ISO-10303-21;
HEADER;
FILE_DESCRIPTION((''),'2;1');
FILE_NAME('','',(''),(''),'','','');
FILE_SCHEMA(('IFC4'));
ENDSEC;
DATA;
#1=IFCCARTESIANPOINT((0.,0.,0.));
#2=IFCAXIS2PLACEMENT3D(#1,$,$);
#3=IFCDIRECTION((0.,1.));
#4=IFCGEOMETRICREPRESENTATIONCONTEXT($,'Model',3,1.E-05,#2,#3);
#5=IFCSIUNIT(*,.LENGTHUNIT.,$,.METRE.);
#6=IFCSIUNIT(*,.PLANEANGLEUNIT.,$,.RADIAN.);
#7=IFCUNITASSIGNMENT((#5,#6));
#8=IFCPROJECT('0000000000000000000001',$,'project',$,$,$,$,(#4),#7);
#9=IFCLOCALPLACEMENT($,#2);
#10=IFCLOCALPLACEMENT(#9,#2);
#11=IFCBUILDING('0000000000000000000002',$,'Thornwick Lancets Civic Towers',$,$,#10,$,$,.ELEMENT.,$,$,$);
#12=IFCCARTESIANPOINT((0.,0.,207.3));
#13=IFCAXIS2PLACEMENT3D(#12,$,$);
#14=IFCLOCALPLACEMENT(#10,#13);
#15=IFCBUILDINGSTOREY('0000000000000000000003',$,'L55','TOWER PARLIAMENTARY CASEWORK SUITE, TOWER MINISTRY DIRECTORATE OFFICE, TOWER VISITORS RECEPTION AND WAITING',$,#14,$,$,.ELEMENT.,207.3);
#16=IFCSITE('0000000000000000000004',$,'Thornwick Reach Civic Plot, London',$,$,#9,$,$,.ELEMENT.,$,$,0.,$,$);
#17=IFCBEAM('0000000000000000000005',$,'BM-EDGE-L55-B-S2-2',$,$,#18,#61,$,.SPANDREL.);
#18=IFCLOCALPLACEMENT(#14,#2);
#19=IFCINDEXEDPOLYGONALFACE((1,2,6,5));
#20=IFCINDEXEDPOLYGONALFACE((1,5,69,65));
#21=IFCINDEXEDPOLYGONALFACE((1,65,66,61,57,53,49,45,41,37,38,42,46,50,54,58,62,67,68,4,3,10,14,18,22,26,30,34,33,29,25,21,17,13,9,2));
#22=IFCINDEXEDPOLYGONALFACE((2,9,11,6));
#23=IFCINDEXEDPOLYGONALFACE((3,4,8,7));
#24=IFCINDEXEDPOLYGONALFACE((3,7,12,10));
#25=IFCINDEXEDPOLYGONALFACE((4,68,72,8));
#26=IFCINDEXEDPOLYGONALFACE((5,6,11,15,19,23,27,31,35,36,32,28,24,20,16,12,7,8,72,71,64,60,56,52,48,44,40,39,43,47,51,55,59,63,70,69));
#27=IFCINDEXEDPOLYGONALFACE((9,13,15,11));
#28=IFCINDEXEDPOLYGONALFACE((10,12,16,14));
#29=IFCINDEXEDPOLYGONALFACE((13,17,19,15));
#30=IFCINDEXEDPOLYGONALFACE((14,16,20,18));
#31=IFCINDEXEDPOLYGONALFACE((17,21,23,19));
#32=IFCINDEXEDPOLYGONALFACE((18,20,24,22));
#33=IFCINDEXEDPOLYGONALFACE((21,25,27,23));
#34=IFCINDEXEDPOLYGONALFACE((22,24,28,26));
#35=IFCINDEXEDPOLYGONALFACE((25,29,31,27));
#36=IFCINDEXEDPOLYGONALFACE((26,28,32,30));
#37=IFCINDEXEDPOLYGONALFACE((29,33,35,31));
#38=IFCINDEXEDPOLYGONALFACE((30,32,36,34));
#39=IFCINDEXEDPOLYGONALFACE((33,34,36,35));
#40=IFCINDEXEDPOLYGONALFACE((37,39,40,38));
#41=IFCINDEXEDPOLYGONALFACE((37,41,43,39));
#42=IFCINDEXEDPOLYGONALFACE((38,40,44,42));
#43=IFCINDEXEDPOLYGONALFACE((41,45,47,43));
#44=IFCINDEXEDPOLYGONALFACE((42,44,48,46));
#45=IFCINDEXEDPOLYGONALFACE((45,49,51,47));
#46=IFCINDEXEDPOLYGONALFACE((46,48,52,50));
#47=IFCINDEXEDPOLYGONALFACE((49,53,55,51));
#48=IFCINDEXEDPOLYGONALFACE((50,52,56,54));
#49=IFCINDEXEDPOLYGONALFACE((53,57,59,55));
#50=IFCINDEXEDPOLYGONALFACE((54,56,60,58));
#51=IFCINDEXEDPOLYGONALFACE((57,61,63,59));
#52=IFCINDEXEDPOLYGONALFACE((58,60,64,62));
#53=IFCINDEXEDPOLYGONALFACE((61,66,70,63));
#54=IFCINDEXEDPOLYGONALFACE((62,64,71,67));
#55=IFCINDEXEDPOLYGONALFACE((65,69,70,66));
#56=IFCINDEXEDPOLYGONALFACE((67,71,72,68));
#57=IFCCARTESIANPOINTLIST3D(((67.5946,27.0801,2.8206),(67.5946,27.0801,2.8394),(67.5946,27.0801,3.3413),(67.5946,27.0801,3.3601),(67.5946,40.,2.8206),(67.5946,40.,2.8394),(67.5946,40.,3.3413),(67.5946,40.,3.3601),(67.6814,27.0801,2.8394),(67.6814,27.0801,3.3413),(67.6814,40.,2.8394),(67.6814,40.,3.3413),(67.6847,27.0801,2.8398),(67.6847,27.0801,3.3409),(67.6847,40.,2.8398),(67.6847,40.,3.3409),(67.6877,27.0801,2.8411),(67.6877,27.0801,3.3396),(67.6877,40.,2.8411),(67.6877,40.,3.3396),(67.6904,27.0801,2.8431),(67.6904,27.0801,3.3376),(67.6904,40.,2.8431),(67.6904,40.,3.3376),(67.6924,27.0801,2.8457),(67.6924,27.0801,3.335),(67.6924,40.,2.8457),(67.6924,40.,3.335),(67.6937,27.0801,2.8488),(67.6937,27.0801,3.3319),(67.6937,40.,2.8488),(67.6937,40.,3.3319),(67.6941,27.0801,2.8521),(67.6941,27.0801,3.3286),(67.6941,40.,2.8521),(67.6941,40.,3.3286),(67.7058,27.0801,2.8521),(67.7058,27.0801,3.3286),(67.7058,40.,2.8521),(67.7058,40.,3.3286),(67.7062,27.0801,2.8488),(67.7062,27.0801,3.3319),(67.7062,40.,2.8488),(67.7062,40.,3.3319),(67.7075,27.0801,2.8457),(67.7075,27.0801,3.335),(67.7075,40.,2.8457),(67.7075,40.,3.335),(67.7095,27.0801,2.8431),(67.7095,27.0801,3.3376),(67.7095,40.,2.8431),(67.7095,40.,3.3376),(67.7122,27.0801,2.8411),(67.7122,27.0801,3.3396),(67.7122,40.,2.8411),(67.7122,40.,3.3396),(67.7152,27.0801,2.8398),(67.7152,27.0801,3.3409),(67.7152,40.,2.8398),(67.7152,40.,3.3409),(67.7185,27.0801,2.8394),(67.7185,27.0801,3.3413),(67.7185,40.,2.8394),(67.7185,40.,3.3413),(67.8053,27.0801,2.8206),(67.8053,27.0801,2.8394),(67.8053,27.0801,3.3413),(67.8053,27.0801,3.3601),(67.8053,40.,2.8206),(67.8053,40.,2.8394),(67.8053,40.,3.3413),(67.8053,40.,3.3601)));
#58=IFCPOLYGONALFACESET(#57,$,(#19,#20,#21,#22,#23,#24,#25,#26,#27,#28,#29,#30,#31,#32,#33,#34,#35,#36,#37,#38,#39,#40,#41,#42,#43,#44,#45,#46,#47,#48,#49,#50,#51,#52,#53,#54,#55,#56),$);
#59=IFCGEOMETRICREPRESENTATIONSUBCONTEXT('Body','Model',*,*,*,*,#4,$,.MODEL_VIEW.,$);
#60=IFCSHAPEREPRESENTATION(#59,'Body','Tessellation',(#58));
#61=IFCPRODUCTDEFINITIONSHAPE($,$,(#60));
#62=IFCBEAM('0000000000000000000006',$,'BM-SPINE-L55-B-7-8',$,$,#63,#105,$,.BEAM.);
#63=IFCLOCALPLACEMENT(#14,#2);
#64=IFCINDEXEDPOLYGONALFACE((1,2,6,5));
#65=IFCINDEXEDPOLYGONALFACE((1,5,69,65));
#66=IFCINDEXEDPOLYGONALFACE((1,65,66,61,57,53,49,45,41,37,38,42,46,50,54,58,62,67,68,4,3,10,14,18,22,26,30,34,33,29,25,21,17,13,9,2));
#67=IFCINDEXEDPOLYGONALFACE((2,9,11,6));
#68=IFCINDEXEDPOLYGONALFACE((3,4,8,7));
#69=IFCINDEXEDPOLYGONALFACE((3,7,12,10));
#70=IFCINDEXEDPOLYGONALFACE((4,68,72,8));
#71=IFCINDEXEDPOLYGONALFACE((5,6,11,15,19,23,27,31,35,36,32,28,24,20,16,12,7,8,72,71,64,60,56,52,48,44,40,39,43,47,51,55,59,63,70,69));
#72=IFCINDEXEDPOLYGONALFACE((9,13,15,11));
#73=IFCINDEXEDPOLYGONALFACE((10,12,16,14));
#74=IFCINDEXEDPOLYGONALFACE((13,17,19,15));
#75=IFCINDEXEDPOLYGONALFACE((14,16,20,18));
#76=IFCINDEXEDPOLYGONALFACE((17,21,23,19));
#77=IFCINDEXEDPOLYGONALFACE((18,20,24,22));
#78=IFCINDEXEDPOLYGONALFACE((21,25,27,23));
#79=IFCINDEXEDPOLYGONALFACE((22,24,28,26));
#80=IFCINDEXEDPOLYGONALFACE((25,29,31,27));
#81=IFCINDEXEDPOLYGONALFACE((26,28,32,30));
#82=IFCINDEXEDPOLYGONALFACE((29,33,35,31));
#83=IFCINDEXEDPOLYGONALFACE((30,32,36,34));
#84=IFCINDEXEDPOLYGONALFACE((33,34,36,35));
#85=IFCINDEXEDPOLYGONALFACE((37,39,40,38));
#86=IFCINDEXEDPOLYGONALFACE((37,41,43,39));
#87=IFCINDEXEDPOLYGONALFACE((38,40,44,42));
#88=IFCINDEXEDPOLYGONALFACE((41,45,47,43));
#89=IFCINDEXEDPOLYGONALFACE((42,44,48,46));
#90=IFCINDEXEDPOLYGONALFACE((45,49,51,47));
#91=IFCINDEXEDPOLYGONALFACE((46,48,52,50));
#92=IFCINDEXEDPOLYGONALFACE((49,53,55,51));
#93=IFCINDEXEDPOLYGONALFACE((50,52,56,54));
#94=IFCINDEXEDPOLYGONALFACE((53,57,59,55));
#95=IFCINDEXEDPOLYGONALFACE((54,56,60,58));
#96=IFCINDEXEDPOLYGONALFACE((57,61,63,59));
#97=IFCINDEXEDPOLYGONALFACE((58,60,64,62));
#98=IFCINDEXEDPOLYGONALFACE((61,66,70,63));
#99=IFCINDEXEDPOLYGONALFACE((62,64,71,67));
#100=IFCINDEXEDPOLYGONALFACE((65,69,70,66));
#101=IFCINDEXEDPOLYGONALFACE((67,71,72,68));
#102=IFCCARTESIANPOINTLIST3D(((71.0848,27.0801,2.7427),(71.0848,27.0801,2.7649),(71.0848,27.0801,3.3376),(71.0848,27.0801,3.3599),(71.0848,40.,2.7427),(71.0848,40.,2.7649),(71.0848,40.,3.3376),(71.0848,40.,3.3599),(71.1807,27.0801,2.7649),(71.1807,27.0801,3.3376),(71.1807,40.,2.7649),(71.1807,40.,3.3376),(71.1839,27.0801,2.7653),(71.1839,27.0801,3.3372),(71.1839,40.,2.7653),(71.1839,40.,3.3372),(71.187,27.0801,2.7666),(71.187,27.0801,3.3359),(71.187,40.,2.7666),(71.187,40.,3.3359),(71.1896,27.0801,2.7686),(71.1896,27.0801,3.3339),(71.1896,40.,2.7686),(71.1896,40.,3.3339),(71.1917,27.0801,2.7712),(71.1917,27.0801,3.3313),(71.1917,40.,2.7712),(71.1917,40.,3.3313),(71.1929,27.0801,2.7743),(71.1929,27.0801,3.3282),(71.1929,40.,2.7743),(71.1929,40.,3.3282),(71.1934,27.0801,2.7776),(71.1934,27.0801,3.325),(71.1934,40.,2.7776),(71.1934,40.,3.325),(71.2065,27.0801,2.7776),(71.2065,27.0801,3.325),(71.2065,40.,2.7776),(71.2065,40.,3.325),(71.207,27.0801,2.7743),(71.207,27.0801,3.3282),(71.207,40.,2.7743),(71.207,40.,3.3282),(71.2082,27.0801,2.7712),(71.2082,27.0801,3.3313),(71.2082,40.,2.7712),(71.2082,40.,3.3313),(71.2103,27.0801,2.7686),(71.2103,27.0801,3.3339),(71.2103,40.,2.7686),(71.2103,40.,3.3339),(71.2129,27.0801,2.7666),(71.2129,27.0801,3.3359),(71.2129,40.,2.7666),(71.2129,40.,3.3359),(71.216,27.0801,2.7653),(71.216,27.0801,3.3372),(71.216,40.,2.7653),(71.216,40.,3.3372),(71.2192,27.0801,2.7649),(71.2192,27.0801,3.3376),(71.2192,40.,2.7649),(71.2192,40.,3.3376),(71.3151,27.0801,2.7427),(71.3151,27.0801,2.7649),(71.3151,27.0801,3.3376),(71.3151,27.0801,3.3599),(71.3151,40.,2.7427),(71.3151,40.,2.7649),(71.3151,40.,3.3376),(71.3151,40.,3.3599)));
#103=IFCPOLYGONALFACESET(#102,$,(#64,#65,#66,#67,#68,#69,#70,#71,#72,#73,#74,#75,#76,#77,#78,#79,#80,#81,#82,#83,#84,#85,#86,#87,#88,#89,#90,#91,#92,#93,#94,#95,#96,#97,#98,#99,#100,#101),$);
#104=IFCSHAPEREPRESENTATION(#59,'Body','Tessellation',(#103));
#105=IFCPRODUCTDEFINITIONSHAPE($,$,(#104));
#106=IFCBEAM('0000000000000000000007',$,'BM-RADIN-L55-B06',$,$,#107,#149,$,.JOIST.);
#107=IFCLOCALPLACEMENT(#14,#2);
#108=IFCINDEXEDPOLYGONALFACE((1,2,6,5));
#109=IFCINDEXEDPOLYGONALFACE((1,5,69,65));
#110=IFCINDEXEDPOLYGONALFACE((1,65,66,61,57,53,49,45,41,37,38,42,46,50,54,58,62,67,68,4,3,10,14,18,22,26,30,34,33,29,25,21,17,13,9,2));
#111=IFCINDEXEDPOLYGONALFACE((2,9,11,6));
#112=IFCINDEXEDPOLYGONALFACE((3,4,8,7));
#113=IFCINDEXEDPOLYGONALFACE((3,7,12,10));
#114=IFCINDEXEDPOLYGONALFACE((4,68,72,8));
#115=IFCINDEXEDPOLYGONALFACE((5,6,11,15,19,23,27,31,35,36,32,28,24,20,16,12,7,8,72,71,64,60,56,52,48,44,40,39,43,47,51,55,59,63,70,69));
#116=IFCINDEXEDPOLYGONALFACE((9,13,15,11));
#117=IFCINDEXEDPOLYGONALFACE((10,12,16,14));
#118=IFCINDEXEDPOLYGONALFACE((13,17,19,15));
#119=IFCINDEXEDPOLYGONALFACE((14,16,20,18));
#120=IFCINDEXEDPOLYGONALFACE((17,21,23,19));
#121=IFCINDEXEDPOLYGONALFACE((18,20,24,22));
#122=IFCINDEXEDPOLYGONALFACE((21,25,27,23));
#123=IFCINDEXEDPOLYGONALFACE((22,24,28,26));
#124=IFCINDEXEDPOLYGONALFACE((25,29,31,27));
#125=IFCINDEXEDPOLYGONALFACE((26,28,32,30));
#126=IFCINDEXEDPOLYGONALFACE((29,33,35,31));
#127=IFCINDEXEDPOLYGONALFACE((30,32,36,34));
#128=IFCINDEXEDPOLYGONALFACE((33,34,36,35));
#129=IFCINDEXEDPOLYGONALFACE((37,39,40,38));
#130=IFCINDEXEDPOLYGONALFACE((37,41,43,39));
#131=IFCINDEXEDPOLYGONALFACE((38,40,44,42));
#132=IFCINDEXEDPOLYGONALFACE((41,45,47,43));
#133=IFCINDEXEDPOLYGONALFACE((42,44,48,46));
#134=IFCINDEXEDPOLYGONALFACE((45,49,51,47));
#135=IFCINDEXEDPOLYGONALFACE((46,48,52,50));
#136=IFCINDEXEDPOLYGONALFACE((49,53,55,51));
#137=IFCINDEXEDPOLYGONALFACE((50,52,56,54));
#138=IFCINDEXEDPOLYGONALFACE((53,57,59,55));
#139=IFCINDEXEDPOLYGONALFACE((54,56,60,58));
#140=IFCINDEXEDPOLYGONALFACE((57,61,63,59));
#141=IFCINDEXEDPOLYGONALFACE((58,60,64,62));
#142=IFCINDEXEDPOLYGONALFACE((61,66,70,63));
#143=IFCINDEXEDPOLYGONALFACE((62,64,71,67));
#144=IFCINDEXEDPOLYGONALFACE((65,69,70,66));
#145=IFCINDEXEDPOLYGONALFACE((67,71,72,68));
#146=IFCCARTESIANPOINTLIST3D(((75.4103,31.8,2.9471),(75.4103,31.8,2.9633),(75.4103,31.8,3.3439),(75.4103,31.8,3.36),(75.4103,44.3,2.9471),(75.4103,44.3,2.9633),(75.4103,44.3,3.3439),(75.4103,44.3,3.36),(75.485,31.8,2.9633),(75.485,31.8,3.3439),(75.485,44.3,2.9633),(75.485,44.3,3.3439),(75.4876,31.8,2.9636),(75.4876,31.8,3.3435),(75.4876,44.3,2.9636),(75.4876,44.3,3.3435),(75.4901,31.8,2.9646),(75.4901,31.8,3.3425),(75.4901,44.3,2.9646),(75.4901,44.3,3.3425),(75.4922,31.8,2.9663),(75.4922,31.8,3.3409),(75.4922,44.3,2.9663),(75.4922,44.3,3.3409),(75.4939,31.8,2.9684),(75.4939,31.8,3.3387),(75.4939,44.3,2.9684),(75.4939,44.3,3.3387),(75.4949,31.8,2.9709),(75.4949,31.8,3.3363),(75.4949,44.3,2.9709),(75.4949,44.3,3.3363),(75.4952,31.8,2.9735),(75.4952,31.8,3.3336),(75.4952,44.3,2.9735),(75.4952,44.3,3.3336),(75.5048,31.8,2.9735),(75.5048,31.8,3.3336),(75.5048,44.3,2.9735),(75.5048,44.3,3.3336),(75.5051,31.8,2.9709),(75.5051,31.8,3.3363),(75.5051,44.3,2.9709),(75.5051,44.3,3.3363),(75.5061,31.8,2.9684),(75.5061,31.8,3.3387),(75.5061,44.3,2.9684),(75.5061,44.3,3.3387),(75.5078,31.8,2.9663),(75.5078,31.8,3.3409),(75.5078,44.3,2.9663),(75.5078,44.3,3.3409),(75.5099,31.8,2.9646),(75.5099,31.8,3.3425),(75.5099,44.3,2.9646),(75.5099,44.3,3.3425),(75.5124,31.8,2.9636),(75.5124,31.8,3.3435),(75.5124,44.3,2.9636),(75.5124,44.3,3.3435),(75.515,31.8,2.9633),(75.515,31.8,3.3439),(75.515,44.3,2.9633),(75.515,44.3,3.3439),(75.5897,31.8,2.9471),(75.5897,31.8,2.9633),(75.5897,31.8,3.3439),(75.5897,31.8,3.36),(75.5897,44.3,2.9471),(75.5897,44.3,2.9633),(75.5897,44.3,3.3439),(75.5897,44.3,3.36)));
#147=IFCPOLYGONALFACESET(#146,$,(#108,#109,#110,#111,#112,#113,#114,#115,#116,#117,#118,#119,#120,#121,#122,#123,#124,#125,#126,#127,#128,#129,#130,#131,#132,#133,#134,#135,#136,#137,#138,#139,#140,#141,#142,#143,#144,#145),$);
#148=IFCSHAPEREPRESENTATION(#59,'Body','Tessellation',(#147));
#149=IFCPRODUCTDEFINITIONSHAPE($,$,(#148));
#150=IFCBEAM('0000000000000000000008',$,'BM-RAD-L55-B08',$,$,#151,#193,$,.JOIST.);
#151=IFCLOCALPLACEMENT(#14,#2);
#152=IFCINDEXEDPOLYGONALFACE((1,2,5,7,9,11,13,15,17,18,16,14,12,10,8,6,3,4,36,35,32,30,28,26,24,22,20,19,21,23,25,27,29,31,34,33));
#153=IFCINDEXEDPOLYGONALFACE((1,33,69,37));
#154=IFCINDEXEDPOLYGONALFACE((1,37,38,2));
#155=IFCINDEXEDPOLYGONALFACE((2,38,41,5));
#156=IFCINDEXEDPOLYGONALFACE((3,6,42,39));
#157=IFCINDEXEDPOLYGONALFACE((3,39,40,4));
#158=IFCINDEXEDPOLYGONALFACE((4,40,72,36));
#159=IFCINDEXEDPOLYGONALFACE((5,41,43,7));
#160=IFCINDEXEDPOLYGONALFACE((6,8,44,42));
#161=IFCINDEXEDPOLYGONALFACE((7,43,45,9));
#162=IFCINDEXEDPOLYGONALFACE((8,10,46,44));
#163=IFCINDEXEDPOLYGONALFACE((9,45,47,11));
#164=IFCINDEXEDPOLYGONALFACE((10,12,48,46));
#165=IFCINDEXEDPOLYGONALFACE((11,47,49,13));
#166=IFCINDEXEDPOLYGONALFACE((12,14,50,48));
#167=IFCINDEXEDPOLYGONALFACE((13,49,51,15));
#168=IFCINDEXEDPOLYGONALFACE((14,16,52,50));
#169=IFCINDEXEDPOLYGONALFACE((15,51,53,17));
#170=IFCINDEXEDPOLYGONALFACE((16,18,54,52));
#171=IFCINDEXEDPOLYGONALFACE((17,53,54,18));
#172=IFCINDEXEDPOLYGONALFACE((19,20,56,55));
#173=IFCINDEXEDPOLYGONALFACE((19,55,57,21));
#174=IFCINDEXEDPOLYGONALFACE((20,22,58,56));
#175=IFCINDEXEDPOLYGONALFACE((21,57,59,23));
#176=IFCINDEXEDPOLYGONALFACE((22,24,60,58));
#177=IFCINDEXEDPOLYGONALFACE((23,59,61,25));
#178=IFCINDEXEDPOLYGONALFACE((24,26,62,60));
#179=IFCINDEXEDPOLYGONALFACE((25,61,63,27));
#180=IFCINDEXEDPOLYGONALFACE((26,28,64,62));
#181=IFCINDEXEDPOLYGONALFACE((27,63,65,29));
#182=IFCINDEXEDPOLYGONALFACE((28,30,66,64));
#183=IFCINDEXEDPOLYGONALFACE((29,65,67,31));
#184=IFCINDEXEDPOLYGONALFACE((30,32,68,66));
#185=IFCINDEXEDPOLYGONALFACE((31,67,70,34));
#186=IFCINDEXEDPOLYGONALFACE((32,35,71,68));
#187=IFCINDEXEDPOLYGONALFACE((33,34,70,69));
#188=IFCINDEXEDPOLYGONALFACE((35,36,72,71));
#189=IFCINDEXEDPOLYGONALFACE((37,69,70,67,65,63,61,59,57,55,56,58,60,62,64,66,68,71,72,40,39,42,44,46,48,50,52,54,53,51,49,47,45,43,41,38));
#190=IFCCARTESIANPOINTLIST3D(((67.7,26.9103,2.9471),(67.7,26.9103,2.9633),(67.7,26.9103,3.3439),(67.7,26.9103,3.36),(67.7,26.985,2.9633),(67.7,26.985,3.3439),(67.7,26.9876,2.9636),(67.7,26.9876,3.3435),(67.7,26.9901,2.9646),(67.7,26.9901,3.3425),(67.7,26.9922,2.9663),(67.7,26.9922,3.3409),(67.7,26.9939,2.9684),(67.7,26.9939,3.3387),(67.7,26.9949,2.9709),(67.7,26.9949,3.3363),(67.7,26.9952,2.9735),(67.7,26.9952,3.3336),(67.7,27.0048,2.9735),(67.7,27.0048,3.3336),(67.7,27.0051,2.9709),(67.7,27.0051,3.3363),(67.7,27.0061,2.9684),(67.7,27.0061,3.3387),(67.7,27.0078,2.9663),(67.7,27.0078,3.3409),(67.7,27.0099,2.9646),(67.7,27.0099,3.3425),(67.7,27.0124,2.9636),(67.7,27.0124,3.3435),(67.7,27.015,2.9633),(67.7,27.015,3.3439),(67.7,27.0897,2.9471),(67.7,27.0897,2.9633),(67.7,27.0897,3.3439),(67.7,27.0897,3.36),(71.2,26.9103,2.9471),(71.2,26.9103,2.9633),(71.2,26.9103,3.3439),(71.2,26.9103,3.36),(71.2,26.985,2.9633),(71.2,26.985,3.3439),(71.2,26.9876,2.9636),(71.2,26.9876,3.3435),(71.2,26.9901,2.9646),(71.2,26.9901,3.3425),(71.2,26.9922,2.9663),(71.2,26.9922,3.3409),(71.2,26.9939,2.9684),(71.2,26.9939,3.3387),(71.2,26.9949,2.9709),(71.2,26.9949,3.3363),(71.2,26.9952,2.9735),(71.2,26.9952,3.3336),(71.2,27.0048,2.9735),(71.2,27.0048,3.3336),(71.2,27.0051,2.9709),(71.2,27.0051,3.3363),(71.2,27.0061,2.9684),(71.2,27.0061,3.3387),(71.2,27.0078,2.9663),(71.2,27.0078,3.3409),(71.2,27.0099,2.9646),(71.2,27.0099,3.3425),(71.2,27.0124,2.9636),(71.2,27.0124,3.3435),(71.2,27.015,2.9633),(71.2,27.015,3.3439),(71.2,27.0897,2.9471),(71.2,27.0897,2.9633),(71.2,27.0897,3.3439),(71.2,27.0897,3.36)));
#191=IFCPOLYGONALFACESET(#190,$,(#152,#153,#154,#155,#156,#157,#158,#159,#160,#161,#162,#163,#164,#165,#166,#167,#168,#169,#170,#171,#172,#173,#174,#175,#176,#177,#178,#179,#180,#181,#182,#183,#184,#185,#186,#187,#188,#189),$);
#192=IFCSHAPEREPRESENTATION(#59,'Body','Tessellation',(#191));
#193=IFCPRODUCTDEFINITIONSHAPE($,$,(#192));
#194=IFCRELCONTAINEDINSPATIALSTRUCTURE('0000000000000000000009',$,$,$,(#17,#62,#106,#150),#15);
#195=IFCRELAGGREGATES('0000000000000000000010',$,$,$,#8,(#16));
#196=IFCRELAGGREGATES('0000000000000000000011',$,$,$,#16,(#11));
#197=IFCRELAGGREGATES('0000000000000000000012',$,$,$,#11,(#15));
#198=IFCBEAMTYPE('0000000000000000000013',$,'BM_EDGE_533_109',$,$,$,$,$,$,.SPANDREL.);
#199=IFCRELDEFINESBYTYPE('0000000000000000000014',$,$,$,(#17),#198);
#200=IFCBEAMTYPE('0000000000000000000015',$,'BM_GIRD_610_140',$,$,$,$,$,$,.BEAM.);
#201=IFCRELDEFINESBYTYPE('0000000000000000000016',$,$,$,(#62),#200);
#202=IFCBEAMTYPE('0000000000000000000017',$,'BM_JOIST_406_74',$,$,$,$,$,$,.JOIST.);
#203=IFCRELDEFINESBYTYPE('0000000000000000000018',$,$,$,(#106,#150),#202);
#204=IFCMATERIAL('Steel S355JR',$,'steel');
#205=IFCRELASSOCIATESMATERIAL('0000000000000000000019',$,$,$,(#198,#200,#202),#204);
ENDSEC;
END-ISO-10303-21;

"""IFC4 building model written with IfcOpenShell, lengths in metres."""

from ifc_helpers import new_model, si_unit, direction, frame, origin, origin_2d, place, context, subcontext, project, spatial, i_section, extrude, material, material_profile, profile_set, type_object, element, save


model = new_model("IFC4")

# Units and contexts
model_context = context("Model", 3, precision=1e-05, world=origin(), true_north=direction((0.0, 1.0)))
body_context = subcontext(model_context, "Body", "Model", "MODEL_VIEW")
ifc_project = project(units=[si_unit("LENGTHUNIT", "METRE"), si_unit("PLANEANGLEUNIT", "RADIAN")], contexts=[model_context])

# Site, building, storey
site_placement = place(None, origin())
site = spatial("IfcSite", under=ifc_project, at=site_placement, Name="Thornwick Reach Civic Plot, London", CompositionType="ELEMENT", RefElevation=0.0)
building_placement = place(site_placement, origin())
building = spatial("IfcBuilding", under=site, at=building_placement, Name="Thornwick Lancets Civic Towers", CompositionType="ELEMENT")
storey_placement = place(building_placement, frame((0.0, 0.0, 207.3)))
storey = spatial("IfcBuildingStorey", under=building, at=storey_placement, Name="L55", Description="TOWER PARLIAMENTARY CASEWORK SUITE, TOWER MINISTRY DIRECTORATE OFFICE, TOWER VISITORS RECEPTION AND WAITING", CompositionType="ELEMENT", Elevation=207.3)

# Shared definitions
ifc_material_1 = material(Name="Steel S355JR", Category="steel")

# Beams
ifc_material_profile_1 = material_profile(ifc_material_1, i_section(OverallWidth=0.2107, OverallDepth=0.5396, WebThickness=0.0117, FlangeThickness=0.0188, FilletRadius=0.0127, at=origin_2d()), Name="UKB 533x210x109")
ifc_profile_set_1 = profile_set([ifc_material_profile_1], Name="Steel S355JR")
beam_type_1 = type_object("IfcBeamType", Name="BM_EDGE_533_109", PredefinedType="SPANDREL", material=ifc_profile_set_1)
beam_1_placement = place(storey_placement, frame((67.7, 27.0801, 3.0903), z_axis=(0.0, 1.0, 0.0), x_axis=(-1.0, 0.0, 0.0)))
element("IfcBeam", 1, at=beam_1_placement, inside=storey, type_object=beam_type_1, Name="BM-EDGE-L55-B-S2-2", PredefinedType="SPANDREL", context=body_context, shape_type="SweptSolid", body=[
    extrude(i_section(OverallWidth=0.2107, OverallDepth=0.5396, WebThickness=0.0117, FlangeThickness=0.0188, FilletRadius=0.0127, at=origin_2d()), origin(), (0.0, 0.0, 1.0), 12.9199),
])
ifc_material_profile_2 = material_profile(ifc_material_1, i_section(OverallWidth=0.2302, OverallDepth=0.6172, WebThickness=0.0132, FlangeThickness=0.0222, FilletRadius=0.0127, at=origin_2d()), Name="UKB 610x229x140")
ifc_profile_set_2 = profile_set([ifc_material_profile_2], Name="Steel S355JR")
beam_type_2 = type_object("IfcBeamType", Name="BM_GIRD_610_140", PredefinedType="BEAM", material=ifc_profile_set_2)
beam_2_placement = place(storey_placement, frame((71.2, 27.0801, 3.0513), z_axis=(0.0, 1.0, 0.0), x_axis=(-1.0, 0.0, 0.0)))
element("IfcBeam", 2, at=beam_2_placement, inside=storey, type_object=beam_type_2, Name="BM-SPINE-L55-B-7-8", PredefinedType="BEAM", context=body_context, shape_type="SweptSolid", body=[
    extrude(i_section(OverallWidth=0.2302, OverallDepth=0.6172, WebThickness=0.0132, FlangeThickness=0.0222, FilletRadius=0.0127, at=origin_2d()), origin(), (0.0, 0.0, 1.0), 12.9199),
])
ifc_material_profile_3 = material_profile(ifc_material_1, i_section(OverallWidth=0.1794, OverallDepth=0.4128, WebThickness=0.0095, FlangeThickness=0.0161, FilletRadius=0.0103, at=origin_2d()), Name="UKB 406x178x74")
ifc_profile_set_3 = profile_set([ifc_material_profile_3], Name="Steel S355JR")
beam_type_3 = type_object("IfcBeamType", Name="BM_JOIST_406_74", PredefinedType="JOIST", material=ifc_profile_set_3)
beam_3_placement = place(storey_placement, frame((75.5, 31.8, 3.1536), z_axis=(0.0, 1.0, 0.0), x_axis=(-1.0, 0.0, 0.0)))
element("IfcBeam", 3, at=beam_3_placement, inside=storey, type_object=beam_type_3, Name="BM-RADIN-L55-B06", PredefinedType="JOIST", context=body_context, shape_type="SweptSolid", body=[
    extrude(i_section(OverallWidth=0.1794, OverallDepth=0.4128, WebThickness=0.0095, FlangeThickness=0.0161, FilletRadius=0.0103, at=origin_2d()), origin(), (0.0, 0.0, 1.0), 12.5),
])
for number, where, z_axis, x_axis, name in (
    (4, (71.2, 27.0, 3.1536), (-1.0, 0.0, 0.0), (0.0, -1.0, 0.0), "BM-RAD-L55-B08"),
):
    element("IfcBeam", number, at=place(storey_placement, frame(where, z_axis=z_axis, x_axis=x_axis)), inside=storey, type_object=beam_type_3, Name=name, PredefinedType="JOIST", context=body_context, shape_type="SweptSolid", body=[
        extrude(i_section(OverallWidth=0.1794, OverallDepth=0.4128, WebThickness=0.0095, FlangeThickness=0.0161, FilletRadius=0.0103, at=origin_2d()), origin(), (0.0, 0.0, 1.0), 3.5),
    ])

save(model, "model.ifc")
